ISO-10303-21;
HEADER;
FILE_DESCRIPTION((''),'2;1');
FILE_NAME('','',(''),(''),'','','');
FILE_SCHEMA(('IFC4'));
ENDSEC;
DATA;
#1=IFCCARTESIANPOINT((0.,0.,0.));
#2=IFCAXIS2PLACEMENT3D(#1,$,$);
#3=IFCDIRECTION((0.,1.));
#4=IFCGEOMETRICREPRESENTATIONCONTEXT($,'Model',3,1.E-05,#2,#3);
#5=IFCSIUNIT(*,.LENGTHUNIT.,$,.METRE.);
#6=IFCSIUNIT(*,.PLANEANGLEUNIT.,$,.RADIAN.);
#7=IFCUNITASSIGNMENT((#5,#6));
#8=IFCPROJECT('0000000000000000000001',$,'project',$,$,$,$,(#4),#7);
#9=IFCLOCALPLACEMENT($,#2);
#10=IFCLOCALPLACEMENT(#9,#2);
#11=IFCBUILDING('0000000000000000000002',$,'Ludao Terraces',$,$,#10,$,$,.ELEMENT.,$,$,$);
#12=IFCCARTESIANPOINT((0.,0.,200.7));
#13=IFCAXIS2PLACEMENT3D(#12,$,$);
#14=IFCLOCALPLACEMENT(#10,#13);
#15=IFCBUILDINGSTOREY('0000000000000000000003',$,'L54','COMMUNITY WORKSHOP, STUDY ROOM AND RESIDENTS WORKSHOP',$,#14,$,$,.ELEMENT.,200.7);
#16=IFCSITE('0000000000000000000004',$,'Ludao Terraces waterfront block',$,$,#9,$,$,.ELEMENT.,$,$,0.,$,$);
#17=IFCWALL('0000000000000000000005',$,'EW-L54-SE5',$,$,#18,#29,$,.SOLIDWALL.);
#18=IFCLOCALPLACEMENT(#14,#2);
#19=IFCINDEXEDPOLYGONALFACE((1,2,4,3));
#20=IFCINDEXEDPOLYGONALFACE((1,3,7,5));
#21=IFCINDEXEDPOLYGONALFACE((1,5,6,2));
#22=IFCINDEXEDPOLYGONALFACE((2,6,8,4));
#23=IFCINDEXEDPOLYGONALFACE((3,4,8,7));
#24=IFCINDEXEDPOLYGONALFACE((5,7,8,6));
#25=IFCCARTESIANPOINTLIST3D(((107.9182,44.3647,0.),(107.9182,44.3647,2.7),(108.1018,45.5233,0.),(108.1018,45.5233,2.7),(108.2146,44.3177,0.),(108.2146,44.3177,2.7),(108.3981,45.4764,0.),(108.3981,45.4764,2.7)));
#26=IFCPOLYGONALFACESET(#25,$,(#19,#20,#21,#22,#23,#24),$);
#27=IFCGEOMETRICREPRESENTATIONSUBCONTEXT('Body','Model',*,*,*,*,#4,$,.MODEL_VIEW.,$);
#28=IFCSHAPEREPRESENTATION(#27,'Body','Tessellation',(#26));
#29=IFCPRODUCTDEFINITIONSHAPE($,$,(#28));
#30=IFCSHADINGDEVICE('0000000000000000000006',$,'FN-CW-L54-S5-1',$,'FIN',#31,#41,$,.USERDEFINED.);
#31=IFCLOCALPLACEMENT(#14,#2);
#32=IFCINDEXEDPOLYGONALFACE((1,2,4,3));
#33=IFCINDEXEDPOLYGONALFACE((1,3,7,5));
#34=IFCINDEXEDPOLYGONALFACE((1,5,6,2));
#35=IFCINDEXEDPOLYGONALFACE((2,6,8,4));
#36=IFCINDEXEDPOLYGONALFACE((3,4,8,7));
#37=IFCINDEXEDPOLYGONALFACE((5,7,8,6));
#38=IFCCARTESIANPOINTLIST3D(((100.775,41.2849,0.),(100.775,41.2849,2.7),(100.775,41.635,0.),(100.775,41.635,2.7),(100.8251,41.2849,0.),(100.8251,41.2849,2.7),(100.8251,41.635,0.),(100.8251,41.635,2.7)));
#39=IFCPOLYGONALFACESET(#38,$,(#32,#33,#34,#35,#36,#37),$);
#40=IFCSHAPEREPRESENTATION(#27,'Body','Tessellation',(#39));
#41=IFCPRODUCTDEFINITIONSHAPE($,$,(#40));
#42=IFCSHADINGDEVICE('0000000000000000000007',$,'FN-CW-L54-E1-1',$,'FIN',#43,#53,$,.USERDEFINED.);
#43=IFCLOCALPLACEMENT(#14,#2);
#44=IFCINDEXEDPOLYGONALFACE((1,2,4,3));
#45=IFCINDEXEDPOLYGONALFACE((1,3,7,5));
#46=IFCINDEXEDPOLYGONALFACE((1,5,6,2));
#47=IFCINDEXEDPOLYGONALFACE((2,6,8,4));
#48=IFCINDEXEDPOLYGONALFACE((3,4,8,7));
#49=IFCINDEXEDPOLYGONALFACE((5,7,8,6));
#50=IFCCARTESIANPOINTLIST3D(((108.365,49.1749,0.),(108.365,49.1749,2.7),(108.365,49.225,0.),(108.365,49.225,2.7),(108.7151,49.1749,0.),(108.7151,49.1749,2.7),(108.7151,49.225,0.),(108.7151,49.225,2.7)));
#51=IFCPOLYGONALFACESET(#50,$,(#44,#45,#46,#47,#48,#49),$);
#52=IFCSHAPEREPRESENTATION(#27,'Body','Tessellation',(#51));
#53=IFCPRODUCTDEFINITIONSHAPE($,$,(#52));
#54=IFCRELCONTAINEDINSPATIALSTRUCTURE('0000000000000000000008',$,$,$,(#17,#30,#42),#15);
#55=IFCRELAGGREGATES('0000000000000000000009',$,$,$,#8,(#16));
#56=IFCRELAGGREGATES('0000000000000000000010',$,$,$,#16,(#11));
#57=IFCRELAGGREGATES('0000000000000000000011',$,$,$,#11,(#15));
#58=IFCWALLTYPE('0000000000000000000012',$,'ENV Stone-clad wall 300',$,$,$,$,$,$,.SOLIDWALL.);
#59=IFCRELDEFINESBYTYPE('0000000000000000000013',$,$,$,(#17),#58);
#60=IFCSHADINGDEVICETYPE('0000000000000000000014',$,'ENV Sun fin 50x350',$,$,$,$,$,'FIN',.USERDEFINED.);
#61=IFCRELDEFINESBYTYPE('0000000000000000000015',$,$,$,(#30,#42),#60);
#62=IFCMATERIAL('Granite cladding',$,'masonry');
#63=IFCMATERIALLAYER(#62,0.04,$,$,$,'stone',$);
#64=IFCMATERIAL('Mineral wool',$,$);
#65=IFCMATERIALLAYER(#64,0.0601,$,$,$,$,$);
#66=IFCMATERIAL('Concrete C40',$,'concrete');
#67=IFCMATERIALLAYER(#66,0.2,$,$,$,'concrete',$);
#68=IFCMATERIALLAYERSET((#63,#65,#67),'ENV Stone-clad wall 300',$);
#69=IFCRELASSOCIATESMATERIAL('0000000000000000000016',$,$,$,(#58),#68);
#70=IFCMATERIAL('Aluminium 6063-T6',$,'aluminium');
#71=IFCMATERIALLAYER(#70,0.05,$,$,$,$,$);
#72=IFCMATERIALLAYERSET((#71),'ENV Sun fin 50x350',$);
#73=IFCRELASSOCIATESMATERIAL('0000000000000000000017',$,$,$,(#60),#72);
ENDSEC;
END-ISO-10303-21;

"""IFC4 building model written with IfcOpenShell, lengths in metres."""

from ifc_helpers import new_model, si_unit, direction, frame, frame_2d, origin, origin_2d, place, context, subcontext, project, spatial, rectangle, extrude, material, layer, layer_set, type_object, element, save


model = new_model("IFC4")

# Units and contexts
model_context = context("Model", 3, precision=1e-05, world=origin(), true_north=direction((0.0, 1.0)))
body_context = subcontext(model_context, "Body", "Model", "MODEL_VIEW")
ifc_project = project(units=[si_unit("LENGTHUNIT", "METRE"), si_unit("PLANEANGLEUNIT", "RADIAN")], contexts=[model_context])

# Site, building, storey
site_placement = place(None, origin())
site = spatial("IfcSite", under=ifc_project, at=site_placement, Name="Ludao Terraces waterfront block", CompositionType="ELEMENT", RefElevation=0.0)
building_placement = place(site_placement, origin())
building = spatial("IfcBuilding", under=site, at=building_placement, Name="Ludao Terraces", CompositionType="ELEMENT")
storey_placement = place(building_placement, frame((0.0, 0.0, 200.7)))
storey = spatial("IfcBuildingStorey", under=building, at=storey_placement, Name="L54", Description="COMMUNITY WORKSHOP, STUDY ROOM AND RESIDENTS WORKSHOP", CompositionType="ELEMENT", Elevation=200.7)

# Shared definitions
ifc_material_1 = material(Name="Aluminium 6063-T6", Category="aluminium")

# Shared definitions
ifc_material_2 = material(Name="Concrete C40", Category="concrete")

# Shared definitions
ifc_material_3 = material(Name="Granite cladding", Category="masonry")
ifc_layer_1 = layer(ifc_material_3, 0.04, Category="stone")
ifc_material_4 = material(Name="Mineral wool")
ifc_layer_2 = layer(ifc_material_4, 0.0601)
ifc_layer_3 = layer(ifc_material_2, 0.2, Category="concrete")
ifc_layer_set_1 = layer_set([ifc_layer_1, ifc_layer_2, ifc_layer_3], Name="ENV Stone-clad wall 300")
wall_type = type_object("IfcWallType", Name="ENV Stone-clad wall 300", PredefinedType="SOLIDWALL", material=ifc_layer_set_1)

# Wall
wall_1_placement = place(storey_placement, frame((108.0664, 44.3413, 0.0), z_axis=(0.0, 0.0, 1.0), x_axis=(0.156497, 0.987678, 0.0)))
element("IfcWall", 1, at=wall_1_placement, inside=storey, type_object=wall_type, Name="EW-L54-SE5", PredefinedType="SOLIDWALL", context=body_context, shape_type="SweptSolid", body=[
    extrude(rectangle(XDim=1.1731, YDim=0.3, at=frame_2d((0.5864, 0.0))), origin(), (0.0, 0.0, 1.0), 2.7),
])

# Shading devices
ifc_layer_4 = layer(ifc_material_1, 0.05)
ifc_layer_set_2 = layer_set([ifc_layer_4], Name="ENV Sun fin 50x350")
shading_device_type = type_object("IfcShadingDeviceType", Name="ENV Sun fin 50x350", ElementType="FIN", PredefinedType="USERDEFINED", material=ifc_layer_set_2)
shading_device_1_placement = place(storey_placement, frame((100.8, 41.46, 0.0), z_axis=(0.0, 0.0, 1.0), x_axis=(1.0, 0.0, 0.0)))
element("IfcShadingDevice", 2, at=shading_device_1_placement, inside=storey, type_object=shading_device_type, Name="FN-CW-L54-S5-1", ObjectType="FIN", PredefinedType="USERDEFINED", context=body_context, shape_type="SweptSolid", body=[
    extrude(rectangle(XDim=0.05, YDim=0.3501, at=origin_2d()), origin(), (0.0, 0.0, 1.0), 2.7),
])
shading_device_2_placement = place(storey_placement, frame((108.54, 49.2, 0.0), z_axis=(0.0, 0.0, 1.0), x_axis=(1.0, 0.0, 0.0)))
element("IfcShadingDevice", 3, at=shading_device_2_placement, inside=storey, type_object=shading_device_type, Name="FN-CW-L54-E1-1", ObjectType="FIN", PredefinedType="USERDEFINED", context=body_context, shape_type="SweptSolid", body=[
    extrude(rectangle(XDim=0.3501, YDim=0.05, at=origin_2d()), origin(), (0.0, 0.0, 1.0), 2.7),
])

save(model, "model.ifc")
